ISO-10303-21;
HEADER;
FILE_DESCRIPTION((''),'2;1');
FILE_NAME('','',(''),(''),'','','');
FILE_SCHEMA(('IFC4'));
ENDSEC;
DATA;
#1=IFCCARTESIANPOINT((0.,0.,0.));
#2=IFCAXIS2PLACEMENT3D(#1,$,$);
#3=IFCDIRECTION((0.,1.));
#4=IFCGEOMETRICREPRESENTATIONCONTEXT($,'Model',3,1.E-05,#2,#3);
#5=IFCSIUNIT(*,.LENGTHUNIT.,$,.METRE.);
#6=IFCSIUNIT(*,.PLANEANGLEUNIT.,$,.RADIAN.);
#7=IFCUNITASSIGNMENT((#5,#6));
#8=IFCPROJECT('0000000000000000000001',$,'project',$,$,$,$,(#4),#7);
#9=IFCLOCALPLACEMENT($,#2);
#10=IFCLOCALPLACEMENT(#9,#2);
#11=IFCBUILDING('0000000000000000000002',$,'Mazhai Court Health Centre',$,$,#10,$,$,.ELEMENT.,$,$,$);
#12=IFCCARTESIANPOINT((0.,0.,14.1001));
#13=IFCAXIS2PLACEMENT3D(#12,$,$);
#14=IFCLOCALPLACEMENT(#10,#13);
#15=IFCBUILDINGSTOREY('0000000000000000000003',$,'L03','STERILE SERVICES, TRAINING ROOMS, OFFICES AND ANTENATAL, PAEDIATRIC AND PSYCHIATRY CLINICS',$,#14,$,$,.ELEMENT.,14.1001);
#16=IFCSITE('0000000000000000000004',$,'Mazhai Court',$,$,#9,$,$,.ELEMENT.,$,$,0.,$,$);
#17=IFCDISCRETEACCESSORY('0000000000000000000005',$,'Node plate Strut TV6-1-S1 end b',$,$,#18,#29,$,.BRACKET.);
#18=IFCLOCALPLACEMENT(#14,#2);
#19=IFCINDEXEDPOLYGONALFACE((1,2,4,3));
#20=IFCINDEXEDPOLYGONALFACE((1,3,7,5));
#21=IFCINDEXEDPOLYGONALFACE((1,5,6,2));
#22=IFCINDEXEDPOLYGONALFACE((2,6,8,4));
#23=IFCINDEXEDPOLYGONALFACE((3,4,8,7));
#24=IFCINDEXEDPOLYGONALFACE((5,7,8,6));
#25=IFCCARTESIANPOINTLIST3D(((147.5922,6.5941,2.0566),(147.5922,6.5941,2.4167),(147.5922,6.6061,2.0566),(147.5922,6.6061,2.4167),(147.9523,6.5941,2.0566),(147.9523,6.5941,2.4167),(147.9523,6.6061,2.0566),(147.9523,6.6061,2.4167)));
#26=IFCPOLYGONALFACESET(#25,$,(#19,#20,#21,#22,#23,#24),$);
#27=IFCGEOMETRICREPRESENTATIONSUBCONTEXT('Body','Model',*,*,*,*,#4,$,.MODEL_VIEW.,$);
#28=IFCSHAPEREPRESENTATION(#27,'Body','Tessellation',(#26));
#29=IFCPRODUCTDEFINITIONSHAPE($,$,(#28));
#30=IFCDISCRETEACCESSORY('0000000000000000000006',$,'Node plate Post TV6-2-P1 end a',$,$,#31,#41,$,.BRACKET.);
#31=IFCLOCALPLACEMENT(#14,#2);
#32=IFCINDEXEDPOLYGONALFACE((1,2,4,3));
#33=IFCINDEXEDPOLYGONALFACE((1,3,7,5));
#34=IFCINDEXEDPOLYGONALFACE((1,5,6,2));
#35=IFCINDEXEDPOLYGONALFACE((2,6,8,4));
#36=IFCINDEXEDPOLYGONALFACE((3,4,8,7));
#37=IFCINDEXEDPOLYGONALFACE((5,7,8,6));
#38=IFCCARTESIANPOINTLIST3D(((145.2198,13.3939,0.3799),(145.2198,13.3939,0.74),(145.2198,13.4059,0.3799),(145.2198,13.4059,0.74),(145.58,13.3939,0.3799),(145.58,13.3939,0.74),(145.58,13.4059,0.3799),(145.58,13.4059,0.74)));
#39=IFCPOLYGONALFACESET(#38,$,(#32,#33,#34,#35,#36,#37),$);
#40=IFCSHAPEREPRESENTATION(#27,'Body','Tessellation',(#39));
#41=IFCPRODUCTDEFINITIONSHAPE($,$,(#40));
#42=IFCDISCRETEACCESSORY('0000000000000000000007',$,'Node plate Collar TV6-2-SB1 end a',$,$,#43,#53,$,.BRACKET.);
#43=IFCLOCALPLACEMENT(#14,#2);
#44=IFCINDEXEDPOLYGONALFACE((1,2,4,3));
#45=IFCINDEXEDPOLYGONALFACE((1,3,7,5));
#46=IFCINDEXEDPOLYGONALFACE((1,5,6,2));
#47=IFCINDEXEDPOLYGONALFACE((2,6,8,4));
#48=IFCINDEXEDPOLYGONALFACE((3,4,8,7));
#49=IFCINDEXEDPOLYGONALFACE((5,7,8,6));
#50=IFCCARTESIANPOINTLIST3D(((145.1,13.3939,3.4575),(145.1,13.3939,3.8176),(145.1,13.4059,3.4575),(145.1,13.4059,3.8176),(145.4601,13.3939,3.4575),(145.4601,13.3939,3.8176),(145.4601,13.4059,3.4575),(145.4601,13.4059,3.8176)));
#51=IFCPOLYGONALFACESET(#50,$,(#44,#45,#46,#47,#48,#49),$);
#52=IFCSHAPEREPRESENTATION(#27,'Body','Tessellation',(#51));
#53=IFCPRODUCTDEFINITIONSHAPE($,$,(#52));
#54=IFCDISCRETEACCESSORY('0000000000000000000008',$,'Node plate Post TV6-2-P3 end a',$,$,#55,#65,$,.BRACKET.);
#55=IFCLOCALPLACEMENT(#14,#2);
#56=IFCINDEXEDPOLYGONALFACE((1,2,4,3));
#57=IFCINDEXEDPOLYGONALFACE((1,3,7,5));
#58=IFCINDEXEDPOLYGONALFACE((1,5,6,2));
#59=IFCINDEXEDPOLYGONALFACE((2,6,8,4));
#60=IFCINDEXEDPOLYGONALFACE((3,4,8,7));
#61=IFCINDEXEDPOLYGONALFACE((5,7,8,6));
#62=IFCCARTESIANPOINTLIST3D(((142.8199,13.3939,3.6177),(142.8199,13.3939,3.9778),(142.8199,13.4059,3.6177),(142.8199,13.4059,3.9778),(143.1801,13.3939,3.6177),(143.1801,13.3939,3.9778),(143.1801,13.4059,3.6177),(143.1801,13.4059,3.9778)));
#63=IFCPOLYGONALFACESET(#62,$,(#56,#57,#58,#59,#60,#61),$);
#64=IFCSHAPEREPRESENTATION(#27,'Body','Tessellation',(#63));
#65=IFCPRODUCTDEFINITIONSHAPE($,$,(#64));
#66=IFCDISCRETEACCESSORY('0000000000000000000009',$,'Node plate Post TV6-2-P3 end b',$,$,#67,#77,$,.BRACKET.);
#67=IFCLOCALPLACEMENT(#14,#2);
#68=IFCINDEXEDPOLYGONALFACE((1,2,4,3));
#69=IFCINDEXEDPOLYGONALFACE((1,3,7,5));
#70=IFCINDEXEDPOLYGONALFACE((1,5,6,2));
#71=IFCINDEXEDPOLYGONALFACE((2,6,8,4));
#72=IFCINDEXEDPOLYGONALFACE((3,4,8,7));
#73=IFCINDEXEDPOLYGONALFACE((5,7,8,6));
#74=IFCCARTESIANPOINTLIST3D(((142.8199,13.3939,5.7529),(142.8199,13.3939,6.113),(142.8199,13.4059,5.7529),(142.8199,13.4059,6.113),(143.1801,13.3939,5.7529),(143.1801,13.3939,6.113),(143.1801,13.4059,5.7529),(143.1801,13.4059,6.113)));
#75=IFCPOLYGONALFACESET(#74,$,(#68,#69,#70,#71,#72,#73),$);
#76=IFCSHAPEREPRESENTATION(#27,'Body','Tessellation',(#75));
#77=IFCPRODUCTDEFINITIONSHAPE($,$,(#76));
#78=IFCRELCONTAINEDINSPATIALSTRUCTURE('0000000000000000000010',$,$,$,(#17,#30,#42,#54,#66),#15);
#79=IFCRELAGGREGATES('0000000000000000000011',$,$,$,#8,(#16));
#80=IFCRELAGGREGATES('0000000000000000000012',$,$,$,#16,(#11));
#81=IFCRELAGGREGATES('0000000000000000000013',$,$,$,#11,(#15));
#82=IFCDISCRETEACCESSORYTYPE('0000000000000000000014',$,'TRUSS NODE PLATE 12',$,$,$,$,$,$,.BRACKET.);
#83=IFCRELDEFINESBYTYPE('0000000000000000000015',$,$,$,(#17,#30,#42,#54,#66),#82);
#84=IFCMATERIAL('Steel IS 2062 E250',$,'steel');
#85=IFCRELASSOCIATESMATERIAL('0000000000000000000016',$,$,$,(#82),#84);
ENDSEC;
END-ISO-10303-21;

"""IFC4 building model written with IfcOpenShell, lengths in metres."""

from ifc_helpers import new_model, si_unit, direction, frame, origin, origin_2d, place, context, subcontext, project, spatial, rectangle, extrude, material, type_object, element, save


model = new_model("IFC4")

# Units and contexts
model_context = context("Model", 3, precision=1e-05, world=origin(), true_north=direction((0.0, 1.0)))
body_context = subcontext(model_context, "Body", "Model", "MODEL_VIEW")
ifc_project = project(units=[si_unit("LENGTHUNIT", "METRE"), si_unit("PLANEANGLEUNIT", "RADIAN")], contexts=[model_context])

# Site, building, storey
site_placement = place(None, origin())
site = spatial("IfcSite", under=ifc_project, at=site_placement, Name="Mazhai Court", CompositionType="ELEMENT", RefElevation=0.0)
building_placement = place(site_placement, origin())
building = spatial("IfcBuilding", under=site, at=building_placement, Name="Mazhai Court Health Centre", CompositionType="ELEMENT")
storey_placement = place(building_placement, frame((0.0, 0.0, 14.1001)))
storey = spatial("IfcBuildingStorey", under=building, at=storey_placement, Name="L03", Description="STERILE SERVICES, TRAINING ROOMS, OFFICES AND ANTENATAL, PAEDIATRIC AND PSYCHIATRY CLINICS", CompositionType="ELEMENT", Elevation=14.1001)

# Discrete accessories
ifc_material_1 = material(Name="Steel IS 2062 E250", Category="steel")
discrete_accessory_type = type_object("IfcDiscreteAccessoryType", Name="TRUSS NODE PLATE 12", PredefinedType="BRACKET", material=ifc_material_1)
for number, where, z_axis, x_axis, name in (
    (1, (147.7722, 6.6001, 2.0566), (0.0, 0.0, 1.0), (1.0, 0.0, 0.0), "Node plate Strut TV6-1-S1 end b"),
    (2, (145.3999, 13.3999, 0.3799), (0.0, 0.0, 1.0), (1.0, 0.0, 0.0), "Node plate Post TV6-2-P1 end a"),
    (3, (145.28, 13.3999, 3.4575), (0.0, 0.0, 1.0), (1.0, 0.0, 0.0), "Node plate Collar TV6-2-SB1 end a"),
    (4, (143.0, 13.3999, 3.6177), (0.0, 0.0, 1.0), (1.0, 0.0, 0.0), "Node plate Post TV6-2-P3 end a"),
    (5, (143.0, 13.3999, 5.7529), (0.0, 0.0, 1.0), (1.0, 0.0, 0.0), "Node plate Post TV6-2-P3 end b"),
):
    element("IfcDiscreteAccessory", number, at=place(storey_placement, frame(where, z_axis=z_axis, x_axis=x_axis)), inside=storey, type_object=discrete_accessory_type, Name=name, PredefinedType="BRACKET", context=body_context, shape_type="SweptSolid", body=[
        extrude(rectangle(XDim=0.3601, YDim=0.012, at=origin_2d()), origin(), (0.0, 0.0, 1.0), 0.3601),
    ])

save(model, "model.ifc")
